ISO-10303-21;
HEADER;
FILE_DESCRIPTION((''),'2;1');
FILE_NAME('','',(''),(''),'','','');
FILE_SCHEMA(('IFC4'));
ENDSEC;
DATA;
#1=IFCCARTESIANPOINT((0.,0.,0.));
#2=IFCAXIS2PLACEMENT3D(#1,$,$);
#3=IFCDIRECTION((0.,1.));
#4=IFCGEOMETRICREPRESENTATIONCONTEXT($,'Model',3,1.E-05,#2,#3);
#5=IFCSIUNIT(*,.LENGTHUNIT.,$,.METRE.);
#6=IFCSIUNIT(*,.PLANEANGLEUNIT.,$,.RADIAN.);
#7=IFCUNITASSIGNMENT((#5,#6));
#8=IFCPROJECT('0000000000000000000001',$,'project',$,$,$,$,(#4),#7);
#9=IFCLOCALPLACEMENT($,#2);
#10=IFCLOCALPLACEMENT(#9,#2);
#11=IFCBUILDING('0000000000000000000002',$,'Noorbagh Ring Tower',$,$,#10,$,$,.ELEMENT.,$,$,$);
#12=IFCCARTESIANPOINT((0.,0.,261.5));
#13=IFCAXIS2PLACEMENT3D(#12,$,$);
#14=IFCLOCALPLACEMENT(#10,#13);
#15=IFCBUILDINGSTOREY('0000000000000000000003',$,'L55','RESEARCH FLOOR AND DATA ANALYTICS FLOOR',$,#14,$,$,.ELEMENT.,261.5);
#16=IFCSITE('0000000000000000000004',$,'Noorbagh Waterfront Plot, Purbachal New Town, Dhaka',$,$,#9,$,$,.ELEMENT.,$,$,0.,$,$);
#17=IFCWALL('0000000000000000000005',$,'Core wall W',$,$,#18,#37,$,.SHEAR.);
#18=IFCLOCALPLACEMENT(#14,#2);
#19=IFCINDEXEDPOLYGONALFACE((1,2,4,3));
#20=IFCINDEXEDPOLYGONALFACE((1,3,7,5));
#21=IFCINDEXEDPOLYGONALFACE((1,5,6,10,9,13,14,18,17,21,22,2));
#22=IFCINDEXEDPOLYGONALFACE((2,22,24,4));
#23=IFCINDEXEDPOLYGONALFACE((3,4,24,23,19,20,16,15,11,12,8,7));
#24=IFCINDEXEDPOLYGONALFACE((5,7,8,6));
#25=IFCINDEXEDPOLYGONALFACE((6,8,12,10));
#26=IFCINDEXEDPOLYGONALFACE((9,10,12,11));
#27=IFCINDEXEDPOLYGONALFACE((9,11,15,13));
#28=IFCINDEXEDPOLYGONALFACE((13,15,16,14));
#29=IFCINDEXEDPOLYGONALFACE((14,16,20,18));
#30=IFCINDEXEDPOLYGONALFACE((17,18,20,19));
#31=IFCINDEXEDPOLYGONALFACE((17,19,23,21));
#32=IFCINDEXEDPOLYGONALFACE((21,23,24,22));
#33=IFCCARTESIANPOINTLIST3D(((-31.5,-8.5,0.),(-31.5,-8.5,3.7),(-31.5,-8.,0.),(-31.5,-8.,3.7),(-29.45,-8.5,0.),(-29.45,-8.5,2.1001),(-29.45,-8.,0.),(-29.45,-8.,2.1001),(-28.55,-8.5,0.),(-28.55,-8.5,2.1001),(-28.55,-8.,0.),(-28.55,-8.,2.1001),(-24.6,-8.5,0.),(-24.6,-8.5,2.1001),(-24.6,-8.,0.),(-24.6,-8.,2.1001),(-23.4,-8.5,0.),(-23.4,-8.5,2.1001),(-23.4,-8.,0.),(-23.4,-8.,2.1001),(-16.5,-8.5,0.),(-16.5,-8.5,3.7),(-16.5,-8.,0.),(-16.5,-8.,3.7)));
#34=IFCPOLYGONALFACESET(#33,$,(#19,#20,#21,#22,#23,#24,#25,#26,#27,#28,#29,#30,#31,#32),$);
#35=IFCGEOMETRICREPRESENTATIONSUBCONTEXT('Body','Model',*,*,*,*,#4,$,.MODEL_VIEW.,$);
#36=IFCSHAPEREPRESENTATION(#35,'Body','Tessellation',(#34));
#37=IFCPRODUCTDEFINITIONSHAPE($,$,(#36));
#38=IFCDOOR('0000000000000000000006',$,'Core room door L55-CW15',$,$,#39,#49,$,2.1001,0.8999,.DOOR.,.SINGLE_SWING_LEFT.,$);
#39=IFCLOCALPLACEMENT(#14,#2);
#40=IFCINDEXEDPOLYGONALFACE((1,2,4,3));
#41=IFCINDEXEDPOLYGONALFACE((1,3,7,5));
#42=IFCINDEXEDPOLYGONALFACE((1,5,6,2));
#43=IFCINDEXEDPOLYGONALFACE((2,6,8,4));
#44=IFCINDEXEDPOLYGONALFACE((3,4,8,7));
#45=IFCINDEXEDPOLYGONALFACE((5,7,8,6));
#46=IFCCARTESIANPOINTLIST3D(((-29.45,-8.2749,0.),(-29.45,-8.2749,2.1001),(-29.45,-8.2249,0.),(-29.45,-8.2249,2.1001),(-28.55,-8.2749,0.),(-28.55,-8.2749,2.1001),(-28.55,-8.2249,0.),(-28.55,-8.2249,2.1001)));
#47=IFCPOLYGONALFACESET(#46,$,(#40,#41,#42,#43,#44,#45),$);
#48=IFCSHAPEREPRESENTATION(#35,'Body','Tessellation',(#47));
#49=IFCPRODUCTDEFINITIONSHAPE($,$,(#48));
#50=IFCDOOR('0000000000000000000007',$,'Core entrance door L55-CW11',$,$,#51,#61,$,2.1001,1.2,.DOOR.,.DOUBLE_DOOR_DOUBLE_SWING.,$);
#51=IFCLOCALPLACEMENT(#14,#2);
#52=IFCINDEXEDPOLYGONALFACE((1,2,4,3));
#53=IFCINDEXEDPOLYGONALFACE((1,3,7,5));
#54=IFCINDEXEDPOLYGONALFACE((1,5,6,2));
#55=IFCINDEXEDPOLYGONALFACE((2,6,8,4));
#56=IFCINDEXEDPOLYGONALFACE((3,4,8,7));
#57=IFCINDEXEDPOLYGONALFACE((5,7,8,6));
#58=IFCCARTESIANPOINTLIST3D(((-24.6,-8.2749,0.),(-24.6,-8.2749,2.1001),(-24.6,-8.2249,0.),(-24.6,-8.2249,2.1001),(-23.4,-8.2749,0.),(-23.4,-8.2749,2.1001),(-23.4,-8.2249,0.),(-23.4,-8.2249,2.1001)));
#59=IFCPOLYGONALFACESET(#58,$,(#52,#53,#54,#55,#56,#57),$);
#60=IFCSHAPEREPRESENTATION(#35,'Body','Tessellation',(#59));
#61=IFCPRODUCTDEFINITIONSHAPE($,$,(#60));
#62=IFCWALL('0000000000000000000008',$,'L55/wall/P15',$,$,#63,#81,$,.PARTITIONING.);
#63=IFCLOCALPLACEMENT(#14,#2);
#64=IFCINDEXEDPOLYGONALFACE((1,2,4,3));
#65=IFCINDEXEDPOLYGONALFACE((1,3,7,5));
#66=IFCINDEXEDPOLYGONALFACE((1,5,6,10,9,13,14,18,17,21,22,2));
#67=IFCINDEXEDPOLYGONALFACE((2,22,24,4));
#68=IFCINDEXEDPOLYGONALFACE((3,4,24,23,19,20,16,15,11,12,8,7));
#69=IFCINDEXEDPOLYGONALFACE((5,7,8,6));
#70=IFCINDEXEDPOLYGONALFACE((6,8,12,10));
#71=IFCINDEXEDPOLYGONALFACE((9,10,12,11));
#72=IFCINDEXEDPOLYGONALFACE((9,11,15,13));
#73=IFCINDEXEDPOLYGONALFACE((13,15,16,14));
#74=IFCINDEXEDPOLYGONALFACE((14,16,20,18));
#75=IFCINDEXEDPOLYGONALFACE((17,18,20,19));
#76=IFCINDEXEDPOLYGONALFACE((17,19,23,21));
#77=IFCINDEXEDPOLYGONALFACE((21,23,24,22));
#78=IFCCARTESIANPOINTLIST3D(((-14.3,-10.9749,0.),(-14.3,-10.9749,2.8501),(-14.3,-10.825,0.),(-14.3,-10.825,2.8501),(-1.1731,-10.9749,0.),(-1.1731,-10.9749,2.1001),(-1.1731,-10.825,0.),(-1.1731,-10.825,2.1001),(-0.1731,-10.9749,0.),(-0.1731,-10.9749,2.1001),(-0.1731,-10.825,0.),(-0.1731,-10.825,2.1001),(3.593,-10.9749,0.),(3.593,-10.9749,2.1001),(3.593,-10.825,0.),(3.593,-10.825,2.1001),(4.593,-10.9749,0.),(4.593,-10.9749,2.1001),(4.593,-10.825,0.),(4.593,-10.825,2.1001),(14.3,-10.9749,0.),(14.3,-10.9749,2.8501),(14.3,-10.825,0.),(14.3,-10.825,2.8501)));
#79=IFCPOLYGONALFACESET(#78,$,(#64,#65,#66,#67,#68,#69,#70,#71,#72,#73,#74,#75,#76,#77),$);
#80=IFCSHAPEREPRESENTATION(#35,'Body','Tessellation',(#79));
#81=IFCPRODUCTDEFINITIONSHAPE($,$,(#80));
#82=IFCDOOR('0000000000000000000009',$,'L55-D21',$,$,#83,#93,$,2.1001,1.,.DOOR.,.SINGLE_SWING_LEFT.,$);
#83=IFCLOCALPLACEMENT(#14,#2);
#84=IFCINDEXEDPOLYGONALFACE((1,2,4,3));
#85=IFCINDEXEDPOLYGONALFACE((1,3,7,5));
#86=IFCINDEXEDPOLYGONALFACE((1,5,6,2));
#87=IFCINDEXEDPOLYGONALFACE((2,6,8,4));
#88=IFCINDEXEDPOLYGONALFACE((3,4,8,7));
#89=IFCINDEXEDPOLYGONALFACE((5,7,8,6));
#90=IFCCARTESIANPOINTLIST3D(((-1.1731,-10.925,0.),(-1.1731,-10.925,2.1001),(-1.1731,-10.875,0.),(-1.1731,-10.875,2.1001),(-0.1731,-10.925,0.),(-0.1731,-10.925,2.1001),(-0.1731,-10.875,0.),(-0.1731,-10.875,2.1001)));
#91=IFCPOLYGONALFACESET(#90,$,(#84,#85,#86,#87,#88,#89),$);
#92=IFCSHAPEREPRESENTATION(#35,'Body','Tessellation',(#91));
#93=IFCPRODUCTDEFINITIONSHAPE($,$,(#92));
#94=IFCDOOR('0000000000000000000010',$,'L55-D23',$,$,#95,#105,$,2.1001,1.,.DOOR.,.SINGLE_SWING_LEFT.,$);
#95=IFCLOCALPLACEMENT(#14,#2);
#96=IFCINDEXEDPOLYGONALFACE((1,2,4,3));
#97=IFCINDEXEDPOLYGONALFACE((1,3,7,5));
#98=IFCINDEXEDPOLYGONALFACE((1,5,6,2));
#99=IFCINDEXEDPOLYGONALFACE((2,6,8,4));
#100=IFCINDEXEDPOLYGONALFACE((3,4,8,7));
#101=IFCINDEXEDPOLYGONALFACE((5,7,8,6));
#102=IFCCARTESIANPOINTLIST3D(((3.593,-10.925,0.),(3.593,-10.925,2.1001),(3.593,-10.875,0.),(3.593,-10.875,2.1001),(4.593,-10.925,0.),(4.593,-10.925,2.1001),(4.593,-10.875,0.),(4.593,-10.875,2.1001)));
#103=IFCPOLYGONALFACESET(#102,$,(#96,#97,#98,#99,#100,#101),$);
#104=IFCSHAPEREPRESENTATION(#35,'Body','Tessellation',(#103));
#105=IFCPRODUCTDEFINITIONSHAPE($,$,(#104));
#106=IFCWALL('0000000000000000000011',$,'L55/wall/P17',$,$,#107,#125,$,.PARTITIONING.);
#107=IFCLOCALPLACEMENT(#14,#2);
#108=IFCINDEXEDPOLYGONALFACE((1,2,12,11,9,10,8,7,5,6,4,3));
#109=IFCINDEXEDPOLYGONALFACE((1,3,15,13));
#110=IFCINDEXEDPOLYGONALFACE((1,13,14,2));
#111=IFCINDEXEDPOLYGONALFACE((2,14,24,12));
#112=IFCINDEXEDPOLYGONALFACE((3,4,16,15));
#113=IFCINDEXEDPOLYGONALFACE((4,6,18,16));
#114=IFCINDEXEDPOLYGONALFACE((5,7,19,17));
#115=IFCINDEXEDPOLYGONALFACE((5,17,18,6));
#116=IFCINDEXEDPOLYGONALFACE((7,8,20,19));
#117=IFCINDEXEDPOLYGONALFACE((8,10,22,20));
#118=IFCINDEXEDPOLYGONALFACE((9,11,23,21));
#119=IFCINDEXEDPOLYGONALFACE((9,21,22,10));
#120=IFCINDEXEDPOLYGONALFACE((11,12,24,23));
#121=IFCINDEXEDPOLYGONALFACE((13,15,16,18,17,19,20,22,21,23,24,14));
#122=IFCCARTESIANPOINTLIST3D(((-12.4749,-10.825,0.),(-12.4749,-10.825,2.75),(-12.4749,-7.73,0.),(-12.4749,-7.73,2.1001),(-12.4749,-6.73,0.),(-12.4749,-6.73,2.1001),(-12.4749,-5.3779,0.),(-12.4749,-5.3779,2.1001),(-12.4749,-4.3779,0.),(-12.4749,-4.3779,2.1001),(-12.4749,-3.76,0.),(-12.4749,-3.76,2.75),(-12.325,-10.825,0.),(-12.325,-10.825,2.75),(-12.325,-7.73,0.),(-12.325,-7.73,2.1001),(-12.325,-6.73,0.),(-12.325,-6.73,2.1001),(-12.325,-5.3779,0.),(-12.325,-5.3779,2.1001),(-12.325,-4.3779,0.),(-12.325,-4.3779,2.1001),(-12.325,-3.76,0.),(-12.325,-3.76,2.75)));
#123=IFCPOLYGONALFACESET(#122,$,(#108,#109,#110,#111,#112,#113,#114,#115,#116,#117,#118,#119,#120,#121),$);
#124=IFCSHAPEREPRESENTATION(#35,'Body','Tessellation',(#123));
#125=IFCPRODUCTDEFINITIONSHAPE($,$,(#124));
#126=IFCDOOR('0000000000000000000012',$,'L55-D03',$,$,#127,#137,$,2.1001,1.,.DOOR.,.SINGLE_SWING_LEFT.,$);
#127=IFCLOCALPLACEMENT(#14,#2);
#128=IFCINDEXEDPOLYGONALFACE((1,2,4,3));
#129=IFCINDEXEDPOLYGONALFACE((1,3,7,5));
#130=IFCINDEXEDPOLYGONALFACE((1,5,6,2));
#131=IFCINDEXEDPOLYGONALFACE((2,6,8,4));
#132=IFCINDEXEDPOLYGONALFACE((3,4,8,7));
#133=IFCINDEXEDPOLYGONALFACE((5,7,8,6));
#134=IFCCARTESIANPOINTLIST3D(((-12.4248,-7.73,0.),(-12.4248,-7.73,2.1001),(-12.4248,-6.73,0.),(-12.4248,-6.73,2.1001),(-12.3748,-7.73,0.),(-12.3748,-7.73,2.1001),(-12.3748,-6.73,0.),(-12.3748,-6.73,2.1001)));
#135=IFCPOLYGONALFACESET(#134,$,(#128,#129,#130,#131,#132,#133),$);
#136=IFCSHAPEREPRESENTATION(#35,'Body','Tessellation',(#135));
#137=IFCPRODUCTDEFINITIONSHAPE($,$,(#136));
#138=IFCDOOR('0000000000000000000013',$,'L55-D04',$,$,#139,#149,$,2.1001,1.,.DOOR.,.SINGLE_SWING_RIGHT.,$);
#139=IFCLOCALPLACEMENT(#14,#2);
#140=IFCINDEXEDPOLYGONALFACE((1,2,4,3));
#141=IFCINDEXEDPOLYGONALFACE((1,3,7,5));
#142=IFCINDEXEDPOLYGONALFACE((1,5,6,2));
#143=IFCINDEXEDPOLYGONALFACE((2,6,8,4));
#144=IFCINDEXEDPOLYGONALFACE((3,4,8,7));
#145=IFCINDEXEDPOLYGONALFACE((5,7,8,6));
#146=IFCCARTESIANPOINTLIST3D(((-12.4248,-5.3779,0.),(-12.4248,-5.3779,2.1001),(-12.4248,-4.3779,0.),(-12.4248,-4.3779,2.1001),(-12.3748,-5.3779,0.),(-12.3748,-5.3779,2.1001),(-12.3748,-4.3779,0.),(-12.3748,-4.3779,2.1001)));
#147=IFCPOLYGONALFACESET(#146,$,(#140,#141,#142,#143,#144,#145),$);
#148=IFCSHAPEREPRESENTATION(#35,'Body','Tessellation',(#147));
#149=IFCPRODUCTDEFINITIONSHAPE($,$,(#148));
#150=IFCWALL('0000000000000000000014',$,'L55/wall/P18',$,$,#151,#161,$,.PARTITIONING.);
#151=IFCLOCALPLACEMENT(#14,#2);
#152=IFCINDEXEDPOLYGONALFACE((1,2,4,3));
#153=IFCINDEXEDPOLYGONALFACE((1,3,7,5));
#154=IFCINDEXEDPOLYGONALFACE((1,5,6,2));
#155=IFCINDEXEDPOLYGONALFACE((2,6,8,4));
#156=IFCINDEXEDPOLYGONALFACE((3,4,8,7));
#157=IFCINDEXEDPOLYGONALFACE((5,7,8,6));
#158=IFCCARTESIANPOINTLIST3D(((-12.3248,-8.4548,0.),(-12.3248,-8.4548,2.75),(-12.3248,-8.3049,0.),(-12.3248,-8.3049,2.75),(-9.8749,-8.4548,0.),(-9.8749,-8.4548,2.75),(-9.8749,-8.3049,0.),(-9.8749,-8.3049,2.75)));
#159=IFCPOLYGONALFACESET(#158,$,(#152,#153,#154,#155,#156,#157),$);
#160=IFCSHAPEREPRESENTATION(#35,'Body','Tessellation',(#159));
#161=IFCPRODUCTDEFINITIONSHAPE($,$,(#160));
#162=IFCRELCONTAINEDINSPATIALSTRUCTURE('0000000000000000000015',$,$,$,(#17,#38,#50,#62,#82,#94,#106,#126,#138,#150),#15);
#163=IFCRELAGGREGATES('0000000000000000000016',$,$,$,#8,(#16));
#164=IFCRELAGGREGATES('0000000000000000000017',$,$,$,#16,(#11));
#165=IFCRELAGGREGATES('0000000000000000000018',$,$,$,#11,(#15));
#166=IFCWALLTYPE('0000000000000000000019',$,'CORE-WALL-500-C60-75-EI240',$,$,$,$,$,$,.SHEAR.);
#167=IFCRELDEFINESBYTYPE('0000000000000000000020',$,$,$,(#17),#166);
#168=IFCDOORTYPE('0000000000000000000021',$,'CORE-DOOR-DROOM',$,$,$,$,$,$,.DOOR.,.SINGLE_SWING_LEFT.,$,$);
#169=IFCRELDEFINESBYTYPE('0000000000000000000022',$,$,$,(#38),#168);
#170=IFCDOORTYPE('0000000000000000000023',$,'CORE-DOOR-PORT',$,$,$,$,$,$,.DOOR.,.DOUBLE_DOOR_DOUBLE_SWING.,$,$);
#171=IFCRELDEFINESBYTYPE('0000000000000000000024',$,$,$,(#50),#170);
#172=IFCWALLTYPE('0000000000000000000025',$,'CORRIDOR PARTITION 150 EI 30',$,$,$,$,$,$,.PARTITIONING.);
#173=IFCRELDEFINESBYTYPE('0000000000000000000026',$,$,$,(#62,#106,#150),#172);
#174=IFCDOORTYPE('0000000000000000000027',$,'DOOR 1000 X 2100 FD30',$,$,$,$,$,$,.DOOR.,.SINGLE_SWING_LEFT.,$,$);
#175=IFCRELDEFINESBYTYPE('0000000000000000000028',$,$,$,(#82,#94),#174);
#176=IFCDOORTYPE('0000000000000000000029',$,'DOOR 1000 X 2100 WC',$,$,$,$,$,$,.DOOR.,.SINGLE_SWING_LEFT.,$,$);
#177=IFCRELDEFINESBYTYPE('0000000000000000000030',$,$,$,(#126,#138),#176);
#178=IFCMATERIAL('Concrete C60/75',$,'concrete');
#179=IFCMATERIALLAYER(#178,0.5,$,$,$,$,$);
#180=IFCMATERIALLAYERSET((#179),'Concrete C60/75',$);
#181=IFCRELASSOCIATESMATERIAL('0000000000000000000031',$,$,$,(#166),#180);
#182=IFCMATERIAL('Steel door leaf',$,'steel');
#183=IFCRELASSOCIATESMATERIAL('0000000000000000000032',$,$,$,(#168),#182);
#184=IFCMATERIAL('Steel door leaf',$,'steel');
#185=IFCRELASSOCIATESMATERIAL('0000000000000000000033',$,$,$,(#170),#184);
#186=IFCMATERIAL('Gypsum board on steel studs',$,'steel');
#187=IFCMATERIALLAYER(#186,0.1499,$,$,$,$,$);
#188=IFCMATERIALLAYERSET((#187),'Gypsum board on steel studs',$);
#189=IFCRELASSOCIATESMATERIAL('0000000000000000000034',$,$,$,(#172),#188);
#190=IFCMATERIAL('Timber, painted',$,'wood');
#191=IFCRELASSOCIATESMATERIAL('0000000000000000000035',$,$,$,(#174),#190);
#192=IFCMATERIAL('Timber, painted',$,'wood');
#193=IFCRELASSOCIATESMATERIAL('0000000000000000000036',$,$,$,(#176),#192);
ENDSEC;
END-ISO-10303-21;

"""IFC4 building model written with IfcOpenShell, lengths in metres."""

from ifc_helpers import new_model, si_unit, direction, frame, frame_2d, origin, place, context, subcontext, project, spatial, rectangle, extrude, material, layer, layer_set, type_object, element, fill, save


model = new_model("IFC4")

# Units and contexts
model_context = context("Model", 3, precision=1e-05, world=origin(), true_north=direction((0.0, 1.0)))
body_context = subcontext(model_context, "Body", "Model", "MODEL_VIEW")
ifc_project = project(units=[si_unit("LENGTHUNIT", "METRE"), si_unit("PLANEANGLEUNIT", "RADIAN")], contexts=[model_context])

# Site, building, storey
site_placement = place(None, origin())
site = spatial("IfcSite", under=ifc_project, at=site_placement, Name="Noorbagh Waterfront Plot, Purbachal New Town, Dhaka", CompositionType="ELEMENT", RefElevation=0.0)
building_placement = place(site_placement, origin())
building = spatial("IfcBuilding", under=site, at=building_placement, Name="Noorbagh Ring Tower", CompositionType="ELEMENT")
storey_placement = place(building_placement, frame((0.0, 0.0, 261.5)))
storey = spatial("IfcBuildingStorey", under=building, at=storey_placement, Name="L55", Description="RESEARCH FLOOR AND DATA ANALYTICS FLOOR", CompositionType="ELEMENT", Elevation=261.5)

# Walls, openings, doors
ifc_material_1 = material(Name="Concrete C60/75", Category="concrete")
ifc_layer_1 = layer(ifc_material_1, 0.5)
ifc_layer_set_1 = layer_set([ifc_layer_1], Name="Concrete C60/75")
wall_type_1 = type_object("IfcWallType", Name="CORE-WALL-500-C60-75-EI240", PredefinedType="SHEAR", material=ifc_layer_set_1)
wall_1_placement = place(storey_placement, frame((-16.5, -8.25, 0.0), z_axis=(0.0, 0.0, 1.0), x_axis=(-1.0, 0.0, 0.0)))
wall_1 = element("IfcWall", 1, at=wall_1_placement, inside=storey, type_object=wall_type_1, Name="Core wall W", PredefinedType="SHEAR", context=body_context, shape_type="SweptSolid", body=[
    extrude(rectangle(XDim=15.0, YDim=0.5, at=frame_2d((7.5, 0.0))), origin(), (0.0, 0.0, 1.0), 3.7),
])
opening_1_placement = place(wall_1_placement, frame((6.8999, 0.0, 0.0)))
opening_1 = element("IfcOpeningElement", 2, at=opening_1_placement, cuts=wall_1, PredefinedType="OPENING", context=body_context, shape_type="SweptSolid", body=[
    extrude(rectangle(XDim=1.2, YDim=2.1001, at=frame_2d((0.6001, 1.05))), frame((0.0, 0.26, 0.0), z_axis=(0.0, -1.0, 0.0), x_axis=(1.0, 0.0, 0.0)), (0.0, 0.0, 1.0), 0.52),
])
opening_2_placement = place(wall_1_placement, frame((12.05, 0.0, 0.0)))
opening_2 = element("IfcOpeningElement", 3, at=opening_2_placement, cuts=wall_1, PredefinedType="OPENING", context=body_context, shape_type="SweptSolid", body=[
    extrude(rectangle(XDim=0.8999, YDim=2.1001, at=frame_2d((0.45, 1.05))), frame((0.0, 0.26, 0.0), z_axis=(0.0, -1.0, 0.0), x_axis=(1.0, 0.0, 0.0)), (0.0, 0.0, 1.0), 0.52),
])
ifc_material_2 = material(Name="Steel door leaf", Category="steel")
door_type_1 = type_object("IfcDoorType", Name="CORE-DOOR-DROOM", OperationType="SINGLE_SWING_LEFT", PredefinedType="DOOR", material=ifc_material_2)
door_1_placement = place(opening_2_placement, origin())
door_1 = element("IfcDoor", 4, at=door_1_placement, inside=storey, type_object=door_type_1, Name="Core room door L55-CW15", OperationType="SINGLE_SWING_LEFT", OverallHeight=2.1001, OverallWidth=0.8999, PredefinedType="DOOR", context=body_context, shape_type="SweptSolid", body=[
    extrude(rectangle(XDim=0.8999, YDim=2.1001, at=frame_2d((0.45, 1.05))), frame((0.0, 0.0249, 0.0), z_axis=(0.0, -1.0, 0.0), x_axis=(1.0, 0.0, 0.0)), (0.0, 0.0, 1.0), 0.05),
])
fill(opening_2, door_1)
ifc_material_3 = material(Name="Steel door leaf", Category="steel")
door_type_2 = type_object("IfcDoorType", Name="CORE-DOOR-PORT", OperationType="DOUBLE_DOOR_DOUBLE_SWING", PredefinedType="DOOR", material=ifc_material_3)
door_2_placement = place(opening_1_placement, origin())
door_2 = element("IfcDoor", 5, at=door_2_placement, inside=storey, type_object=door_type_2, Name="Core entrance door L55-CW11", OperationType="DOUBLE_DOOR_DOUBLE_SWING", OverallHeight=2.1001, OverallWidth=1.2, PredefinedType="DOOR", context=body_context, shape_type="SweptSolid", body=[
    extrude(rectangle(XDim=1.2, YDim=2.1001, at=frame_2d((0.6001, 1.05))), frame((0.0, 0.0249, 0.0), z_axis=(0.0, -1.0, 0.0), x_axis=(1.0, 0.0, 0.0)), (0.0, 0.0, 1.0), 0.05),
])
fill(opening_1, door_2)
ifc_material_4 = material(Name="Gypsum board on steel studs", Category="steel")
ifc_layer_2 = layer(ifc_material_4, 0.1499)
ifc_layer_set_2 = layer_set([ifc_layer_2], Name="Gypsum board on steel studs")
wall_type_2 = type_object("IfcWallType", Name="CORRIDOR PARTITION 150 EI 30", PredefinedType="PARTITIONING", material=ifc_layer_set_2)
wall_2_placement = place(storey_placement, frame((-14.3, -10.8999, 0.0), z_axis=(0.0, 0.0, 1.0), x_axis=(1.0, 0.0, 0.0)))
wall_2 = element("IfcWall", 6, at=wall_2_placement, inside=storey, type_object=wall_type_2, Name="L55/wall/P15", PredefinedType="PARTITIONING", context=body_context, shape_type="SweptSolid", body=[
    extrude(rectangle(XDim=28.6001, YDim=0.1499, at=frame_2d((14.3, 0.0))), origin(), (0.0, 0.0, 1.0), 2.8501),
])
opening_3_placement = place(wall_2_placement, frame((13.127, 0.0, 0.0)))
opening_3 = element("IfcOpeningElement", 7, at=opening_3_placement, cuts=wall_2, PredefinedType="OPENING", context=body_context, shape_type="SweptSolid", body=[
    extrude(rectangle(XDim=1.0, YDim=2.1001, at=frame_2d((0.5, 1.05))), frame((0.0, 0.085, 0.0), z_axis=(0.0, -1.0, 0.0), x_axis=(1.0, 0.0, 0.0)), (0.0, 0.0, 1.0), 0.1699),
])
opening_4_placement = place(wall_2_placement, frame((17.8931, 0.0, 0.0)))
opening_4 = element("IfcOpeningElement", 8, at=opening_4_placement, cuts=wall_2, PredefinedType="OPENING", context=body_context, shape_type="SweptSolid", body=[
    extrude(rectangle(XDim=1.0, YDim=2.1001, at=frame_2d((0.5, 1.05))), frame((0.0, 0.085, 0.0), z_axis=(0.0, -1.0, 0.0), x_axis=(1.0, 0.0, 0.0)), (0.0, 0.0, 1.0), 0.1699),
])
ifc_material_5 = material(Name="Timber, painted", Category="wood")
door_type_3 = type_object("IfcDoorType", Name="DOOR 1000 X 2100 FD30", OperationType="SINGLE_SWING_LEFT", PredefinedType="DOOR", material=ifc_material_5)
door_3_placement = place(opening_3_placement, origin())
door_3 = element("IfcDoor", 9, at=door_3_placement, inside=storey, type_object=door_type_3, Name="L55-D21", OperationType="SINGLE_SWING_LEFT", OverallHeight=2.1001, OverallWidth=1.0, PredefinedType="DOOR", context=body_context, shape_type="SweptSolid", body=[
    extrude(rectangle(XDim=1.0, YDim=2.1001, at=frame_2d((0.5, 1.05))), frame((0.0, 0.0249, 0.0), z_axis=(0.0, -1.0, 0.0), x_axis=(1.0, 0.0, 0.0)), (0.0, 0.0, 1.0), 0.05),
])
fill(opening_3, door_3)
door_4_placement = place(opening_4_placement, origin())
door_4 = element("IfcDoor", 10, at=door_4_placement, inside=storey, type_object=door_type_3, Name="L55-D23", OperationType="SINGLE_SWING_LEFT", OverallHeight=2.1001, OverallWidth=1.0, PredefinedType="DOOR", context=body_context, shape_type="SweptSolid", body=[
    extrude(rectangle(XDim=1.0, YDim=2.1001, at=frame_2d((0.5, 1.05))), frame((0.0, 0.0249, 0.0), z_axis=(0.0, -1.0, 0.0), x_axis=(1.0, 0.0, 0.0)), (0.0, 0.0, 1.0), 0.05),
])
fill(opening_4, door_4)
wall_3_placement = place(storey_placement, frame((-12.3999, -10.825, 0.0), z_axis=(0.0, 0.0, 1.0), x_axis=(0.0, 1.0, 0.0)))
wall_3 = element("IfcWall", 11, at=wall_3_placement, inside=storey, type_object=wall_type_2, Name="L55/wall/P17", PredefinedType="PARTITIONING", context=body_context, shape_type="SweptSolid", body=[
    extrude(rectangle(XDim=7.0649, YDim=0.1499, at=frame_2d((3.5325, 0.0))), origin(), (0.0, 0.0, 1.0), 2.75),
])
opening_5_placement = place(wall_3_placement, frame((3.095, 0.0, 0.0)))
opening_5 = element("IfcOpeningElement", 12, at=opening_5_placement, cuts=wall_3, PredefinedType="OPENING", context=body_context, shape_type="SweptSolid", body=[
    extrude(rectangle(XDim=1.0, YDim=2.1001, at=frame_2d((0.5, 1.05))), frame((0.0, 0.085, 0.0), z_axis=(0.0, -1.0, 0.0), x_axis=(1.0, 0.0, 0.0)), (0.0, 0.0, 1.0), 0.1699),
])
opening_6_placement = place(wall_3_placement, frame((5.447, 0.0, 0.0)))
opening_6 = element("IfcOpeningElement", 13, at=opening_6_placement, cuts=wall_3, PredefinedType="OPENING", context=body_context, shape_type="SweptSolid", body=[
    extrude(rectangle(XDim=1.0, YDim=2.1001, at=frame_2d((0.5, 1.05))), frame((0.0, 0.085, 0.0), z_axis=(0.0, -1.0, 0.0), x_axis=(1.0, 0.0, 0.0)), (0.0, 0.0, 1.0), 0.1699),
])
ifc_material_6 = material(Name="Timber, painted", Category="wood")
door_type_4 = type_object("IfcDoorType", Name="DOOR 1000 X 2100 WC", OperationType="SINGLE_SWING_LEFT", PredefinedType="DOOR", material=ifc_material_6)
door_5_placement = place(opening_5_placement, origin())
door_5 = element("IfcDoor", 14, at=door_5_placement, inside=storey, type_object=door_type_4, Name="L55-D03", OperationType="SINGLE_SWING_LEFT", OverallHeight=2.1001, OverallWidth=1.0, PredefinedType="DOOR", context=body_context, shape_type="SweptSolid", body=[
    extrude(rectangle(XDim=1.0, YDim=2.1001, at=frame_2d((0.5, 1.05))), frame((0.0, 0.0249, 0.0), z_axis=(0.0, -1.0, 0.0), x_axis=(1.0, 0.0, 0.0)), (0.0, 0.0, 1.0), 0.05),
])
fill(opening_5, door_5)
door_6_placement = place(opening_6_placement, origin())
door_6 = element("IfcDoor", 15, at=door_6_placement, inside=storey, type_object=door_type_4, Name="L55-D04", OperationType="SINGLE_SWING_RIGHT", OverallHeight=2.1001, OverallWidth=1.0, PredefinedType="DOOR", context=body_context, shape_type="SweptSolid", body=[
    extrude(rectangle(XDim=1.0, YDim=2.1001, at=frame_2d((0.5, 1.05))), frame((0.0, 0.0249, 0.0), z_axis=(0.0, -1.0, 0.0), x_axis=(1.0, 0.0, 0.0)), (0.0, 0.0, 1.0), 0.05),
])
fill(opening_6, door_6)

# Wall
wall_4_placement = place(storey_placement, frame((-12.325, -8.3799, 0.0), z_axis=(0.0, 0.0, 1.0), x_axis=(1.0, 0.0, 0.0)))
element("IfcWall", 16, at=wall_4_placement, inside=storey, type_object=wall_type_2, Name="L55/wall/P18", PredefinedType="PARTITIONING", context=body_context, shape_type="SweptSolid", body=[
    extrude(rectangle(XDim=2.45, YDim=0.1499, at=frame_2d((1.2251, 0.0))), origin(), (0.0, 0.0, 1.0), 2.75),
])

save(model, "model.ifc")
